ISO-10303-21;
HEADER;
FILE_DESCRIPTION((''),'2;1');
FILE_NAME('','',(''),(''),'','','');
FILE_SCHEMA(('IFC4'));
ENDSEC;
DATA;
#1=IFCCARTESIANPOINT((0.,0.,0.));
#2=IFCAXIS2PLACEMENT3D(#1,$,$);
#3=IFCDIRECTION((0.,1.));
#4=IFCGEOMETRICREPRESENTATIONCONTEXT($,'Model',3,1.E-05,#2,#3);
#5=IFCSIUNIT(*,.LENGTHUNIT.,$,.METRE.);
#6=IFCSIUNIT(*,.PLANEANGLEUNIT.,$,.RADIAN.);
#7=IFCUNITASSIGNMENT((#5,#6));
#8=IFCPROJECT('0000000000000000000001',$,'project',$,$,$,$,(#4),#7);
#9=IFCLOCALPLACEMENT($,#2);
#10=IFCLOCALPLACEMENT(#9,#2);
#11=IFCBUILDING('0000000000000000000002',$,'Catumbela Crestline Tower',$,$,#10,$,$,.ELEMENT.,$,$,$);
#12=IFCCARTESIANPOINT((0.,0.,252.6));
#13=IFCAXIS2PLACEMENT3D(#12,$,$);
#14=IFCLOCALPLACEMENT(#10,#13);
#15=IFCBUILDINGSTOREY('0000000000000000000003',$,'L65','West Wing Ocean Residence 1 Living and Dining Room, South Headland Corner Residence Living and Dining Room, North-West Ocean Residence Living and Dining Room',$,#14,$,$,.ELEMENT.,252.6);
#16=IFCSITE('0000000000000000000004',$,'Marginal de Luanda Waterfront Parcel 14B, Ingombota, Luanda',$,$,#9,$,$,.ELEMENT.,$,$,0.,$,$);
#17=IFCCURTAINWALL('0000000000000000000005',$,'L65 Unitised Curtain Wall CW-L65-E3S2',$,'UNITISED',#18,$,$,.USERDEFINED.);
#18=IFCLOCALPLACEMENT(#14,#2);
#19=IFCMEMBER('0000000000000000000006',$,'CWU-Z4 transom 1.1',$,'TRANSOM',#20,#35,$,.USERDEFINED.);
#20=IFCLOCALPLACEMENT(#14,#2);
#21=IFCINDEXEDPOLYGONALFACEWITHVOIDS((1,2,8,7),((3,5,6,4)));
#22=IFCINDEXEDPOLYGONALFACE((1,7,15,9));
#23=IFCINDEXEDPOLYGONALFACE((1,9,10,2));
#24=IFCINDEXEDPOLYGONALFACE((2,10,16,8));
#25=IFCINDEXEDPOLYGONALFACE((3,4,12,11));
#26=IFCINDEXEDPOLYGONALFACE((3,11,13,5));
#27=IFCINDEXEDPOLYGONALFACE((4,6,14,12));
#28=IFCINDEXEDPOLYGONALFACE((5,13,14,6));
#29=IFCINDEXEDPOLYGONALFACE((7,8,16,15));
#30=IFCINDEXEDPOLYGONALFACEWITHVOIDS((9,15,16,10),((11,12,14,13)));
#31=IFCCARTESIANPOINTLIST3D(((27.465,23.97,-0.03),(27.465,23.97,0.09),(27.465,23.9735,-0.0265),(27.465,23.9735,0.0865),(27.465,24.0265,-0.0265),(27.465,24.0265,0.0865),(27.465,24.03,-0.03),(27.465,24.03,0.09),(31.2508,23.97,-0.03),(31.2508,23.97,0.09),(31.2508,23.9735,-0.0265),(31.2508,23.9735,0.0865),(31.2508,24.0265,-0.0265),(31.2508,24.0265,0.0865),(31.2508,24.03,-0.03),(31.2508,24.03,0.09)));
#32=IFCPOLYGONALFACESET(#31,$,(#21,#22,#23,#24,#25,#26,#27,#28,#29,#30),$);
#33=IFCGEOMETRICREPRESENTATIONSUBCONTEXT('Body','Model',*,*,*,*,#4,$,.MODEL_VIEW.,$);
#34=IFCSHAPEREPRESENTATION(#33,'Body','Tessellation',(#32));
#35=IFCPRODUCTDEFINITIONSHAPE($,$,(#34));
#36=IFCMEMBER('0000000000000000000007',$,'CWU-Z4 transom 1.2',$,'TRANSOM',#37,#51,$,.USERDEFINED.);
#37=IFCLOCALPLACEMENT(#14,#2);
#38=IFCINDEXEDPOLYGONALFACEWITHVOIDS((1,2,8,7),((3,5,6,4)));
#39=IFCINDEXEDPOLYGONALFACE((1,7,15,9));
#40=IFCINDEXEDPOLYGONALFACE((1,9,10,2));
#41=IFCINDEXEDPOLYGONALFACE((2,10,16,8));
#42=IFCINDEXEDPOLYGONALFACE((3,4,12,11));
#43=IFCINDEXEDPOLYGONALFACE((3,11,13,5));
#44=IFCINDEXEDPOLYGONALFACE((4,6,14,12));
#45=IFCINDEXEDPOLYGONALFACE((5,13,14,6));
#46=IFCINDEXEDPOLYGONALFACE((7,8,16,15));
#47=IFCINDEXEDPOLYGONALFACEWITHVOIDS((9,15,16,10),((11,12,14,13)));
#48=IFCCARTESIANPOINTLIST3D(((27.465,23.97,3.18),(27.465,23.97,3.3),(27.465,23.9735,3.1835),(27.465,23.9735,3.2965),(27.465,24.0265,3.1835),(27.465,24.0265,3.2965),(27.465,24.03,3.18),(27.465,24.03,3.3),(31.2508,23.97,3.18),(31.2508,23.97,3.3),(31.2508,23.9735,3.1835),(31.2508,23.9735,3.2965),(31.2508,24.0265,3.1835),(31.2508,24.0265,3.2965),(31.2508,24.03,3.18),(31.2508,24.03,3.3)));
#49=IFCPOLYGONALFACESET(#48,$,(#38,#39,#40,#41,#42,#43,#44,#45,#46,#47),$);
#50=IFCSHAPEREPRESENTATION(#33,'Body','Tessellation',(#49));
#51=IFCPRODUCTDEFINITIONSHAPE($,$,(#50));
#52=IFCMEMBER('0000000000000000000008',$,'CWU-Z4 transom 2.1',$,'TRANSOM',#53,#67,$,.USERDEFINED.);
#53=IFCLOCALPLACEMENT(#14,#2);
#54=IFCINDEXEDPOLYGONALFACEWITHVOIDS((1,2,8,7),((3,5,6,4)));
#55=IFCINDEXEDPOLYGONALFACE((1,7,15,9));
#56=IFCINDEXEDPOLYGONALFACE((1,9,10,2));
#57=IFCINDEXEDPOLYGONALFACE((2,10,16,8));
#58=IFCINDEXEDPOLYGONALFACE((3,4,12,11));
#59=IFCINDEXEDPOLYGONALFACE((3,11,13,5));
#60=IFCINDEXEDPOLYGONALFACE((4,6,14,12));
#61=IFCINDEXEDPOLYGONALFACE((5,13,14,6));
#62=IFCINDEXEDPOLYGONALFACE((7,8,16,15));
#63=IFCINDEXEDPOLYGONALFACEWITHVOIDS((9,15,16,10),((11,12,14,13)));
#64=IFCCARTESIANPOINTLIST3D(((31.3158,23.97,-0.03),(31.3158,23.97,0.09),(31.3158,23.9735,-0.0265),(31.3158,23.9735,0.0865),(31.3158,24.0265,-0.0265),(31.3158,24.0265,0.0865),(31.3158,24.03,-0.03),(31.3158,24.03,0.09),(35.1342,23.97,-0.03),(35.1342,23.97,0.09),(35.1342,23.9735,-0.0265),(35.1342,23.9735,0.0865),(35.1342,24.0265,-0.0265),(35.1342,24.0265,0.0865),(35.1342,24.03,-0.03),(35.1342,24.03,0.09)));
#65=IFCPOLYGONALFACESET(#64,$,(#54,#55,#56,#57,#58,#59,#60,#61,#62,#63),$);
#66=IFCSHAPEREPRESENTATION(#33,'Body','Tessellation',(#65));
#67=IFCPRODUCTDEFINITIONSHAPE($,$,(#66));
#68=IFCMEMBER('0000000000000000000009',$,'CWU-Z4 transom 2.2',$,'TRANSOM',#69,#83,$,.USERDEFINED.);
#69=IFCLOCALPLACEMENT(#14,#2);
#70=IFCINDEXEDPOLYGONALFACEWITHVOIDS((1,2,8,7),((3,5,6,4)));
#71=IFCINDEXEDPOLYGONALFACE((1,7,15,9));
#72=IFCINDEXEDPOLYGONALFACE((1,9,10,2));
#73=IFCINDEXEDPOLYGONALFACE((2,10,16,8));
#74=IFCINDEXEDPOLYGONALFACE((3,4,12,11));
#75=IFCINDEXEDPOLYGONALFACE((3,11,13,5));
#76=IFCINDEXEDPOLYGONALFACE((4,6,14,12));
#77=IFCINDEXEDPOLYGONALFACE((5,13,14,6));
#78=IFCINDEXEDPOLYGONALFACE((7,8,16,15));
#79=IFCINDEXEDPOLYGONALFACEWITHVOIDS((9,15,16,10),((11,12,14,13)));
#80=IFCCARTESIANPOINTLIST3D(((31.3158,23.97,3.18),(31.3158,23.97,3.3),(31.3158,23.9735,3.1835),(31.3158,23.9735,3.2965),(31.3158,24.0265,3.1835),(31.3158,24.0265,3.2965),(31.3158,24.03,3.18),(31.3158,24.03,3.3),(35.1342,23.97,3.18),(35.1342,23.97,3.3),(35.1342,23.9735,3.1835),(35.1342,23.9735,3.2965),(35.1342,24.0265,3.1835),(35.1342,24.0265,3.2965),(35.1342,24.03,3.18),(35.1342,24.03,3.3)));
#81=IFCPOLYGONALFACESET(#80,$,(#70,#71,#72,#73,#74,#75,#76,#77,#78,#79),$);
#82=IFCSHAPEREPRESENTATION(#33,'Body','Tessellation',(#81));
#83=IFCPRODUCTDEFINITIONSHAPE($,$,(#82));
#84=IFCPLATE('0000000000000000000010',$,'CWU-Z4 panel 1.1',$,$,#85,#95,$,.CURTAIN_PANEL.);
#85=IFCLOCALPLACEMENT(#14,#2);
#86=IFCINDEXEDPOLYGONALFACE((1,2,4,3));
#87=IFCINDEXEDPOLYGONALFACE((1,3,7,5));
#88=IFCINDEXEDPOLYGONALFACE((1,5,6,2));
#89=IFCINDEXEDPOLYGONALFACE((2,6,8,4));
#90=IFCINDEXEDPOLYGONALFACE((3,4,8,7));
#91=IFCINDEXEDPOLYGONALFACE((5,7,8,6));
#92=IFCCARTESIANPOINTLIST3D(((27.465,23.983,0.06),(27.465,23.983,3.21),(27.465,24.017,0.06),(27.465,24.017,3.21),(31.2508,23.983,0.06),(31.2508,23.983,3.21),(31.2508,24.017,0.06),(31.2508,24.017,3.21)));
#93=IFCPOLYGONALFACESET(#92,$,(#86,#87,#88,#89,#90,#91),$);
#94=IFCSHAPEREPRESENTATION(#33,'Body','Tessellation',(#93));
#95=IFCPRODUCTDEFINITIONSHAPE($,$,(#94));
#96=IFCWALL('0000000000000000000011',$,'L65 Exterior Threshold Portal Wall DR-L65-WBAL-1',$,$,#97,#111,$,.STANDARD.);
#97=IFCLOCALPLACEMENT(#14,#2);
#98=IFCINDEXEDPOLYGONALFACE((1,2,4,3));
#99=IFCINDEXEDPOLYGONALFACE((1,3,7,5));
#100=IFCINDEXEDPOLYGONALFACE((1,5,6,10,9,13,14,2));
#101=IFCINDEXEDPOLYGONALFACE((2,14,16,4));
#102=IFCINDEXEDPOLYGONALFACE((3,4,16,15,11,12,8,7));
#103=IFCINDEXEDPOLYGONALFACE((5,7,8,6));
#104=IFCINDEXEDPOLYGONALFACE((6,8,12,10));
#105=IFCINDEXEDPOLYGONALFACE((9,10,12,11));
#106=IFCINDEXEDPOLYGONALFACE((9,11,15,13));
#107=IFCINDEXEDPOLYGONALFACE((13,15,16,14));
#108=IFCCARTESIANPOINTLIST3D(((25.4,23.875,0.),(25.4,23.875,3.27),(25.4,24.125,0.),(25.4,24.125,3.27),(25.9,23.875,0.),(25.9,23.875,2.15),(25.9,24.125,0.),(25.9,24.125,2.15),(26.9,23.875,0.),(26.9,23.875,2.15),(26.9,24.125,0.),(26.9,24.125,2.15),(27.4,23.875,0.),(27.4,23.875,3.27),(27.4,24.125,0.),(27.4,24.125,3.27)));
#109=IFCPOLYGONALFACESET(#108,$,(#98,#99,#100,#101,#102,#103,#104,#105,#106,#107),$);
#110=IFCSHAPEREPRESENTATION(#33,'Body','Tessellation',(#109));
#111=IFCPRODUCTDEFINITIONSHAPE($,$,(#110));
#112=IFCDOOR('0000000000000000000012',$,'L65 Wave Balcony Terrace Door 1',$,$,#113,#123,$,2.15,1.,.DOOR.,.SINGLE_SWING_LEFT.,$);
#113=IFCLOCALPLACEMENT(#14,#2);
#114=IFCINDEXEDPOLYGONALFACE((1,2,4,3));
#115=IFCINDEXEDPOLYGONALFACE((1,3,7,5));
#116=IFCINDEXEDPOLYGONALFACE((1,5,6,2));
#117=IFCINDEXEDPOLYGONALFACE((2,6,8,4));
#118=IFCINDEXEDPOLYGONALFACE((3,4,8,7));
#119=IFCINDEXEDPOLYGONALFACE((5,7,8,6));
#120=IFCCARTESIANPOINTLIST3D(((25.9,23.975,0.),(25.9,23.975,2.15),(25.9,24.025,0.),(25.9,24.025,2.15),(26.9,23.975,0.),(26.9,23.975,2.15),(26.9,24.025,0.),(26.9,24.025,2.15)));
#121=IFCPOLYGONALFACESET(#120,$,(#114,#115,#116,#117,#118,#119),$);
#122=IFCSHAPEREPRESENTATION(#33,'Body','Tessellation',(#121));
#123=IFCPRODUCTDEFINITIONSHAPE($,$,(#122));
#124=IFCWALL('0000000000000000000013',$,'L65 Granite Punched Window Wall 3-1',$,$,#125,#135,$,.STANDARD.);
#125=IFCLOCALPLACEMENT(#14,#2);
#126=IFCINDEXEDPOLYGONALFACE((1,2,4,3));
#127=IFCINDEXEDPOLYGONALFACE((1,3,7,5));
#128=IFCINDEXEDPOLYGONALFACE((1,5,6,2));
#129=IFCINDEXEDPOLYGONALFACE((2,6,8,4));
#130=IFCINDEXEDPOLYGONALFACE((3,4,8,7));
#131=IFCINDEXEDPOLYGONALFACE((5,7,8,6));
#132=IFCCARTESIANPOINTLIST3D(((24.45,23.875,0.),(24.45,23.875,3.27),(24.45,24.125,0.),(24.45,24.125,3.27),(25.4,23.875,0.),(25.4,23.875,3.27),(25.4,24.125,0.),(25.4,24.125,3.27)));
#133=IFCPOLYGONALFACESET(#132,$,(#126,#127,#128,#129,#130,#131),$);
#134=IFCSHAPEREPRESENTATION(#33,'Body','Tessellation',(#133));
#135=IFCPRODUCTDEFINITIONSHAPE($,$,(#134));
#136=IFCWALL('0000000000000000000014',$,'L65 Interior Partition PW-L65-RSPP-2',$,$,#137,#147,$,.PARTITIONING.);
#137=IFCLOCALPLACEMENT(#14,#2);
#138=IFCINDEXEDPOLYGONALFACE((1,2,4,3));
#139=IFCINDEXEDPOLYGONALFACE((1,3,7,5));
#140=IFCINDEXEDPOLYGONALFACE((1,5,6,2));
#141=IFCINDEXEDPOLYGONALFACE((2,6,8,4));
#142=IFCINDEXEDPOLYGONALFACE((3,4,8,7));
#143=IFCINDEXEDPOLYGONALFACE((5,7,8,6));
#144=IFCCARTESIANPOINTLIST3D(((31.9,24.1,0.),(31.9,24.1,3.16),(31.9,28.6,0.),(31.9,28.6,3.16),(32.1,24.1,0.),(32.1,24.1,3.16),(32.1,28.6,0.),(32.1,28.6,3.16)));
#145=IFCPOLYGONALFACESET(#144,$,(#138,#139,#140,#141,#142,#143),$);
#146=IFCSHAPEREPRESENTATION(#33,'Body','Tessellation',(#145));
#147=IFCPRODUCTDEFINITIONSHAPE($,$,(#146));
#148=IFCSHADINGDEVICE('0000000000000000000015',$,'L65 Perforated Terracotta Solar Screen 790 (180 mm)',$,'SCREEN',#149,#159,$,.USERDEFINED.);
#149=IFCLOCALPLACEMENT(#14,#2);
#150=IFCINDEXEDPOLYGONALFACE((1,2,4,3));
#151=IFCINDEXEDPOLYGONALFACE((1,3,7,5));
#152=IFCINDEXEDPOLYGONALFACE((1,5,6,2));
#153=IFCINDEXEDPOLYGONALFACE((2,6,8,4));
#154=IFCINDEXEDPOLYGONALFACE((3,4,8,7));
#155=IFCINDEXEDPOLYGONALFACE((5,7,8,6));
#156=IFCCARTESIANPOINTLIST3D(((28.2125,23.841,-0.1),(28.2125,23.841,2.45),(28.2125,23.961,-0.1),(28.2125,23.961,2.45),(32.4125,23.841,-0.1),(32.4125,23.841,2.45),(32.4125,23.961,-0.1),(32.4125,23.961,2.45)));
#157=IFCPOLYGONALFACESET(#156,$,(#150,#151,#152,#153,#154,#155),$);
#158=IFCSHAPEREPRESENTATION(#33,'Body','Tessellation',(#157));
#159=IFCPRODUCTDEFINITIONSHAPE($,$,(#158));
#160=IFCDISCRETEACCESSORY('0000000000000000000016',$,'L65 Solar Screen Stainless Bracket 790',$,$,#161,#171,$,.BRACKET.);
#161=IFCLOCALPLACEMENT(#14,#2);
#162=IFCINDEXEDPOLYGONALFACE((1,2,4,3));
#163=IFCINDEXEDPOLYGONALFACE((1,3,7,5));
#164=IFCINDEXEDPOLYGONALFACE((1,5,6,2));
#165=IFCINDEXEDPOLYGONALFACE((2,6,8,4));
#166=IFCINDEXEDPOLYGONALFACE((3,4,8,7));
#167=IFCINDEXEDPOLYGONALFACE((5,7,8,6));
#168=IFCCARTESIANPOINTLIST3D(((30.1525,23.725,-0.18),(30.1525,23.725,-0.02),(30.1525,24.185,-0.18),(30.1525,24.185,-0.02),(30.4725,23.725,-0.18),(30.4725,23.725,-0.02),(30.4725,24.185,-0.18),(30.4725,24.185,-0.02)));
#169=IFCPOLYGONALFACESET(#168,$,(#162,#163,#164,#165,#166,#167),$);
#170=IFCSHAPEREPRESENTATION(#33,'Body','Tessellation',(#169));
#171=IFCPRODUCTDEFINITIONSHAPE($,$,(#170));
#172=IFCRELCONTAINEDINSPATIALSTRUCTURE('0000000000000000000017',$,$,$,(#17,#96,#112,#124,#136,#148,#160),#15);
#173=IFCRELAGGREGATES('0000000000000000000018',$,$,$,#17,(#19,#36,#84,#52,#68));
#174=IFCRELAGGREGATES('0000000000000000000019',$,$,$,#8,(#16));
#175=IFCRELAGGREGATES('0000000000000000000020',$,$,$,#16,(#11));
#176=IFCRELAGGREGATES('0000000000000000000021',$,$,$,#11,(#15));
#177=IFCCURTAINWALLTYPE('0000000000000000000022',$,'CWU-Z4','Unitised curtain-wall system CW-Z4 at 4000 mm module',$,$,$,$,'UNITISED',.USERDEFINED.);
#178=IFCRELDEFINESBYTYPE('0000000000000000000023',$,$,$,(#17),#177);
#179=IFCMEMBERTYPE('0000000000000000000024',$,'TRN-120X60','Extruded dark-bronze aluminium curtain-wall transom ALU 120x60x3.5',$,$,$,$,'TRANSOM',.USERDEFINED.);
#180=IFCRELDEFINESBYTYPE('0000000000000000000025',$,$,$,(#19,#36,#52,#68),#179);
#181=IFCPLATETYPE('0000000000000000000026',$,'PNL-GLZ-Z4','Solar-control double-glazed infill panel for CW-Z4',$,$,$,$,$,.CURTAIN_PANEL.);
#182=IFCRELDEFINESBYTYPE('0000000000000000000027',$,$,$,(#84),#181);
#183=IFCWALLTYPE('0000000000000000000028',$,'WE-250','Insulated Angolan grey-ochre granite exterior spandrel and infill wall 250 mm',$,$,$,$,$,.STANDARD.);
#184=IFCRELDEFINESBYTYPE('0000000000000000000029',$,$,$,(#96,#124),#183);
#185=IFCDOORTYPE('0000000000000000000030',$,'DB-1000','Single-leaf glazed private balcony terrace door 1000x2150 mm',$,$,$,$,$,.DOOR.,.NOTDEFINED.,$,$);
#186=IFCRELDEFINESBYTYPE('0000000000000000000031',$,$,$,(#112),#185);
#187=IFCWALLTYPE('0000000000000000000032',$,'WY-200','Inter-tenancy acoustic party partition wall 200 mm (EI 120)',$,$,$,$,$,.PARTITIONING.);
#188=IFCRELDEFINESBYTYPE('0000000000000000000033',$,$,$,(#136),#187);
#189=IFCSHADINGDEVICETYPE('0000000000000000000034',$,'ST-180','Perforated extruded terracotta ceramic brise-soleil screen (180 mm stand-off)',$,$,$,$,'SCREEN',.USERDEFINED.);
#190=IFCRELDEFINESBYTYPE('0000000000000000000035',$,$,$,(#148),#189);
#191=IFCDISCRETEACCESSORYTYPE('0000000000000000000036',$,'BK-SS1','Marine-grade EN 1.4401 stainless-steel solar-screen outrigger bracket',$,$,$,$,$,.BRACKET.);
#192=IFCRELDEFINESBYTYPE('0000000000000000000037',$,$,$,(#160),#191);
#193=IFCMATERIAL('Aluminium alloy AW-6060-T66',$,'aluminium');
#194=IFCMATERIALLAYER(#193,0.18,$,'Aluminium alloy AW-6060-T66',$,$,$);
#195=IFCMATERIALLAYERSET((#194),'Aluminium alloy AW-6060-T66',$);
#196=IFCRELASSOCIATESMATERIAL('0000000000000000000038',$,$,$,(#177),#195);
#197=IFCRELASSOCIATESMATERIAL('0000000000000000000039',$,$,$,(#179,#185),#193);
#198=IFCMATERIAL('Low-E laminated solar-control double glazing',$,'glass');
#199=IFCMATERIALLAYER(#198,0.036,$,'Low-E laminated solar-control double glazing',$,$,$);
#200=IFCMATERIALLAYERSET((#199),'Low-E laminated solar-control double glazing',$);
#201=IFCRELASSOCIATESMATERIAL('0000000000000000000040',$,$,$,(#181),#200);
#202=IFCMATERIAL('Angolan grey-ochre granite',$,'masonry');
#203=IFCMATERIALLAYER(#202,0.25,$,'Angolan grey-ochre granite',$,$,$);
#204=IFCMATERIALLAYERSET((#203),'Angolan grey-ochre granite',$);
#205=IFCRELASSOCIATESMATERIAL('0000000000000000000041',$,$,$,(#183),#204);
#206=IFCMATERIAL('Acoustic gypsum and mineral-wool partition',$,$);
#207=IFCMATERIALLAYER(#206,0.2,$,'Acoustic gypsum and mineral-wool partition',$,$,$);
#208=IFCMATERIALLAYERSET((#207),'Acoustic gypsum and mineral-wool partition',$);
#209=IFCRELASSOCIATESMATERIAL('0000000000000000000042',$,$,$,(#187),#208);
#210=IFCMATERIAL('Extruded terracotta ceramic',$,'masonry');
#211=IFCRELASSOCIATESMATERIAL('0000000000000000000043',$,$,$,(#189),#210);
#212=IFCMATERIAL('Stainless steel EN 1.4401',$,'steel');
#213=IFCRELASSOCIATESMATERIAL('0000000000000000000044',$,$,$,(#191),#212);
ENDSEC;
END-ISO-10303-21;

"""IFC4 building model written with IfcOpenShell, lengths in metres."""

from ifc_helpers import new_model, si_unit, direction, frame, frame_2d, origin, origin_2d, place, context, subcontext, project, spatial, rectangle, hollow_rectangle, extrude, material, layer, layer_set, material_profile, profile_set, type_object, element, fill, aggregate, save


model = new_model("IFC4")

# Units and contexts
model_context = context("Model", 3, precision=1e-05, world=origin(), true_north=direction((0.0, 1.0)))
body_context = subcontext(model_context, "Body", "Model", "MODEL_VIEW")
ifc_project = project(units=[si_unit("LENGTHUNIT", "METRE"), si_unit("PLANEANGLEUNIT", "RADIAN")], contexts=[model_context])

# Site, building, storey
site_placement = place(None, origin())
site = spatial("IfcSite", under=ifc_project, at=site_placement, Name="Marginal de Luanda Waterfront Parcel 14B, Ingombota, Luanda", CompositionType="ELEMENT", RefElevation=0.0)
building_placement = place(site_placement, origin())
building = spatial("IfcBuilding", under=site, at=building_placement, Name="Catumbela Crestline Tower", CompositionType="ELEMENT")
storey_placement = place(building_placement, frame((0.0, 0.0, 252.6)))
storey = spatial("IfcBuildingStorey", under=building, at=storey_placement, Name="L65", Description="West Wing Ocean Residence 1 Living and Dining Room, South Headland Corner Residence Living and Dining Room, North-West Ocean Residence Living and Dining Room", CompositionType="ELEMENT", Elevation=252.6)

# Curtain wall, members, plate
ifc_material_1 = material(Name="Aluminium alloy AW-6060-T66", Category="aluminium")
ifc_layer_1 = layer(ifc_material_1, 0.18, Name="Aluminium alloy AW-6060-T66")
ifc_layer_set_1 = layer_set([ifc_layer_1], Name="Aluminium alloy AW-6060-T66")
curtain_wall_type = type_object("IfcCurtainWallType", Name="CWU-Z4", Description="Unitised curtain-wall system CW-Z4 at 4000 mm module", ElementType="UNITISED", PredefinedType="USERDEFINED", material=ifc_layer_set_1)
curtain_wall_placement = place(storey_placement, origin())
curtain_wall = element("IfcCurtainWall", 1, at=curtain_wall_placement, inside=storey, type_object=curtain_wall_type, Name="L65 Unitised Curtain Wall CW-L65-E3S2", ObjectType="UNITISED", PredefinedType="USERDEFINED")
ifc_material_profile_1 = material_profile(ifc_material_1, hollow_rectangle(XDim=0.06, YDim=0.12, WallThickness=0.0035, at=origin_2d()), Name="ALU 120x60x3.5")
ifc_profile_set_1 = profile_set([ifc_material_profile_1], Name="Aluminium alloy AW-6060-T66")
member_type_1 = type_object("IfcMemberType", Name="TRN-120X60", Description="Extruded dark-bronze aluminium curtain-wall transom ALU 120x60x3.5", ElementType="TRANSOM", PredefinedType="USERDEFINED", material=ifc_profile_set_1)
member_1_placement = place(storey_placement, frame((27.465, 24.0, 0.03), z_axis=(1.0, 0.0, 0.0), x_axis=(0.0, 1.0, 0.0)))
member_1 = element("IfcMember", 2, at=member_1_placement, type_object=member_type_1, Name="CWU-Z4 transom 1.1", ObjectType="TRANSOM", PredefinedType="USERDEFINED", context=body_context, shape_type="SweptSolid", body=[
    extrude(hollow_rectangle(XDim=0.06, YDim=0.12, WallThickness=0.0035, at=origin_2d()), origin(), (0.0, 0.0, 1.0), 3.7858),
])
member_2_placement = place(storey_placement, frame((27.465, 24.0, 3.24), z_axis=(1.0, 0.0, 0.0), x_axis=(0.0, 1.0, 0.0)))
member_2 = element("IfcMember", 3, at=member_2_placement, type_object=member_type_1, Name="CWU-Z4 transom 1.2", ObjectType="TRANSOM", PredefinedType="USERDEFINED", context=body_context, shape_type="SweptSolid", body=[
    extrude(hollow_rectangle(XDim=0.06, YDim=0.12, WallThickness=0.0035, at=origin_2d()), origin(), (0.0, 0.0, 1.0), 3.7858),
])
member_3_placement = place(storey_placement, frame((31.3158, 24.0, 0.03), z_axis=(1.0, 0.0, 0.0), x_axis=(0.0, 1.0, 0.0)))
member_3 = element("IfcMember", 4, at=member_3_placement, type_object=member_type_1, Name="CWU-Z4 transom 2.1", ObjectType="TRANSOM", PredefinedType="USERDEFINED", context=body_context, shape_type="SweptSolid", body=[
    extrude(hollow_rectangle(XDim=0.06, YDim=0.12, WallThickness=0.0035, at=origin_2d()), origin(), (0.0, 0.0, 1.0), 3.8184),
])
member_4_placement = place(storey_placement, frame((31.3158, 24.0, 3.24), z_axis=(1.0, 0.0, 0.0), x_axis=(0.0, 1.0, 0.0)))
member_4 = element("IfcMember", 5, at=member_4_placement, type_object=member_type_1, Name="CWU-Z4 transom 2.2", ObjectType="TRANSOM", PredefinedType="USERDEFINED", context=body_context, shape_type="SweptSolid", body=[
    extrude(hollow_rectangle(XDim=0.06, YDim=0.12, WallThickness=0.0035, at=origin_2d()), origin(), (0.0, 0.0, 1.0), 3.8184),
])
ifc_material_2 = material(Name="Low-E laminated solar-control double glazing", Category="glass")
ifc_layer_2 = layer(ifc_material_2, 0.036, Name="Low-E laminated solar-control double glazing")
ifc_layer_set_2 = layer_set([ifc_layer_2], Name="Low-E laminated solar-control double glazing")
plate_type = type_object("IfcPlateType", Name="PNL-GLZ-Z4", Description="Solar-control double-glazed infill panel for CW-Z4", PredefinedType="CURTAIN_PANEL", material=ifc_layer_set_2)
plate_placement = place(storey_placement, frame((29.3579, 24.0, 0.06), z_axis=(0.0, 0.0, 1.0), x_axis=(1.0, 0.0, 0.0)))
plate = element("IfcPlate", 6, at=plate_placement, type_object=plate_type, Name="CWU-Z4 panel 1.1", PredefinedType="CURTAIN_PANEL", context=body_context, shape_type="SweptSolid", body=[
    extrude(rectangle(XDim=3.7858, YDim=0.034, at=origin_2d()), origin(), (0.0, 0.0, 1.0), 3.15),
])
aggregate(curtain_wall, [member_1, member_2, plate, member_3, member_4])

# Wall, opening, door
ifc_material_3 = material(Name="Angolan grey-ochre granite", Category="masonry")
ifc_layer_3 = layer(ifc_material_3, 0.25, Name="Angolan grey-ochre granite")
ifc_layer_set_3 = layer_set([ifc_layer_3], Name="Angolan grey-ochre granite")
wall_type_1 = type_object("IfcWallType", Name="WE-250", Description="Insulated Angolan grey-ochre granite exterior spandrel and infill wall 250 mm", PredefinedType="STANDARD", material=ifc_layer_set_3)
wall_1_placement = place(storey_placement, frame((25.4, 24.0, 0.0), z_axis=(0.0, 0.0, 1.0), x_axis=(1.0, 0.0, 0.0)))
wall_1 = element("IfcWall", 7, at=wall_1_placement, inside=storey, type_object=wall_type_1, Name="L65 Exterior Threshold Portal Wall DR-L65-WBAL-1", PredefinedType="STANDARD", context=body_context, shape_type="SweptSolid", body=[
    extrude(rectangle(XDim=2.0, YDim=0.25, at=frame_2d((1.0, 0.0))), origin(), (0.0, 0.0, 1.0), 3.27),
])
opening_placement = place(wall_1_placement, frame((0.5, 0.0, 0.0)))
opening = element("IfcOpeningElement", 8, at=opening_placement, cuts=wall_1, PredefinedType="OPENING", context=body_context, shape_type="SweptSolid", body=[
    extrude(rectangle(XDim=1.0, YDim=2.15, at=frame_2d((0.5, 1.075))), frame((0.0, 0.135, 0.0), z_axis=(0.0, -1.0, 0.0), x_axis=(1.0, 0.0, 0.0)), (0.0, 0.0, 1.0), 0.27),
])
door_type = type_object("IfcDoorType", Name="DB-1000", Description="Single-leaf glazed private balcony terrace door 1000x2150 mm", OperationType="NOTDEFINED", PredefinedType="DOOR", material=ifc_material_1)
door_placement = place(opening_placement, origin())
door = element("IfcDoor", 9, at=door_placement, inside=storey, type_object=door_type, Name="L65 Wave Balcony Terrace Door 1", OperationType="SINGLE_SWING_LEFT", OverallHeight=2.15, OverallWidth=1.0, PredefinedType="DOOR", context=body_context, shape_type="SweptSolid", body=[
    extrude(rectangle(XDim=1.0, YDim=2.15, at=frame_2d((0.5, 1.075))), frame((0.0, 0.025, 0.0), z_axis=(0.0, -1.0, 0.0), x_axis=(1.0, 0.0, 0.0)), (0.0, 0.0, 1.0), 0.05),
])
fill(opening, door)

# Walls
wall_2_placement = place(storey_placement, frame((24.45, 24.0, 0.0), z_axis=(0.0, 0.0, 1.0), x_axis=(1.0, 0.0, 0.0)))
element("IfcWall", 10, at=wall_2_placement, inside=storey, type_object=wall_type_1, Name="L65 Granite Punched Window Wall 3-1", PredefinedType="STANDARD", context=body_context, shape_type="SweptSolid", body=[
    extrude(rectangle(XDim=0.95, YDim=0.25, at=frame_2d((0.475, 0.0))), origin(), (0.0, 0.0, 1.0), 3.27),
])
ifc_material_4 = material(Name="Acoustic gypsum and mineral-wool partition")
ifc_layer_4 = layer(ifc_material_4, 0.2, Name="Acoustic gypsum and mineral-wool partition")
ifc_layer_set_4 = layer_set([ifc_layer_4], Name="Acoustic gypsum and mineral-wool partition")
wall_type_2 = type_object("IfcWallType", Name="WY-200", Description="Inter-tenancy acoustic party partition wall 200 mm (EI 120)", PredefinedType="PARTITIONING", material=ifc_layer_set_4)
wall_3_placement = place(storey_placement, frame((32.0, 24.1, 0.0), z_axis=(0.0, 0.0, 1.0), x_axis=(0.0, 1.0, 0.0)))
element("IfcWall", 11, at=wall_3_placement, inside=storey, type_object=wall_type_2, Name="L65 Interior Partition PW-L65-RSPP-2", PredefinedType="PARTITIONING", context=body_context, shape_type="SweptSolid", body=[
    extrude(rectangle(XDim=4.5, YDim=0.2, at=frame_2d((2.25, 0.0))), origin(), (0.0, 0.0, 1.0), 3.16),
])

# Shared definitions
ifc_material_5 = material(Name="Stainless steel EN 1.4401", Category="steel")

# Shading device
ifc_material_6 = material(Name="Extruded terracotta ceramic", Category="masonry")
shading_device_type = type_object("IfcShadingDeviceType", Name="ST-180", Description="Perforated extruded terracotta ceramic brise-soleil screen (180 mm stand-off)", ElementType="SCREEN", PredefinedType="USERDEFINED", material=ifc_material_6)
shading_device_placement = place(storey_placement, frame((30.3125, 23.901, -0.1), z_axis=(0.0, 0.0, 1.0), x_axis=(1.0, 0.0, 0.0)))
element("IfcShadingDevice", 12, at=shading_device_placement, inside=storey, type_object=shading_device_type, Name="L65 Perforated Terracotta Solar Screen 790 (180 mm)", ObjectType="SCREEN", PredefinedType="USERDEFINED", context=body_context, shape_type="SweptSolid", body=[
    extrude(rectangle(XDim=4.2, YDim=0.12, at=origin_2d()), origin(), (0.0, 0.0, 1.0), 2.55),
])

# Discrete accessory
discrete_accessory_type = type_object("IfcDiscreteAccessoryType", Name="BK-SS1", Description="Marine-grade EN 1.4401 stainless-steel solar-screen outrigger bracket", PredefinedType="BRACKET", material=ifc_material_5)
discrete_accessory_placement = place(storey_placement, frame((30.3125, 23.955, -0.18), z_axis=(0.0, 0.0, 1.0), x_axis=(1.0, 0.0, 0.0)))
element("IfcDiscreteAccessory", 13, at=discrete_accessory_placement, inside=storey, type_object=discrete_accessory_type, Name="L65 Solar Screen Stainless Bracket 790", PredefinedType="BRACKET", context=body_context, shape_type="SweptSolid", body=[
    extrude(rectangle(XDim=0.32, YDim=0.46, at=origin_2d()), origin(), (0.0, 0.0, 1.0), 0.16),
])

save(model, "model.ifc")
